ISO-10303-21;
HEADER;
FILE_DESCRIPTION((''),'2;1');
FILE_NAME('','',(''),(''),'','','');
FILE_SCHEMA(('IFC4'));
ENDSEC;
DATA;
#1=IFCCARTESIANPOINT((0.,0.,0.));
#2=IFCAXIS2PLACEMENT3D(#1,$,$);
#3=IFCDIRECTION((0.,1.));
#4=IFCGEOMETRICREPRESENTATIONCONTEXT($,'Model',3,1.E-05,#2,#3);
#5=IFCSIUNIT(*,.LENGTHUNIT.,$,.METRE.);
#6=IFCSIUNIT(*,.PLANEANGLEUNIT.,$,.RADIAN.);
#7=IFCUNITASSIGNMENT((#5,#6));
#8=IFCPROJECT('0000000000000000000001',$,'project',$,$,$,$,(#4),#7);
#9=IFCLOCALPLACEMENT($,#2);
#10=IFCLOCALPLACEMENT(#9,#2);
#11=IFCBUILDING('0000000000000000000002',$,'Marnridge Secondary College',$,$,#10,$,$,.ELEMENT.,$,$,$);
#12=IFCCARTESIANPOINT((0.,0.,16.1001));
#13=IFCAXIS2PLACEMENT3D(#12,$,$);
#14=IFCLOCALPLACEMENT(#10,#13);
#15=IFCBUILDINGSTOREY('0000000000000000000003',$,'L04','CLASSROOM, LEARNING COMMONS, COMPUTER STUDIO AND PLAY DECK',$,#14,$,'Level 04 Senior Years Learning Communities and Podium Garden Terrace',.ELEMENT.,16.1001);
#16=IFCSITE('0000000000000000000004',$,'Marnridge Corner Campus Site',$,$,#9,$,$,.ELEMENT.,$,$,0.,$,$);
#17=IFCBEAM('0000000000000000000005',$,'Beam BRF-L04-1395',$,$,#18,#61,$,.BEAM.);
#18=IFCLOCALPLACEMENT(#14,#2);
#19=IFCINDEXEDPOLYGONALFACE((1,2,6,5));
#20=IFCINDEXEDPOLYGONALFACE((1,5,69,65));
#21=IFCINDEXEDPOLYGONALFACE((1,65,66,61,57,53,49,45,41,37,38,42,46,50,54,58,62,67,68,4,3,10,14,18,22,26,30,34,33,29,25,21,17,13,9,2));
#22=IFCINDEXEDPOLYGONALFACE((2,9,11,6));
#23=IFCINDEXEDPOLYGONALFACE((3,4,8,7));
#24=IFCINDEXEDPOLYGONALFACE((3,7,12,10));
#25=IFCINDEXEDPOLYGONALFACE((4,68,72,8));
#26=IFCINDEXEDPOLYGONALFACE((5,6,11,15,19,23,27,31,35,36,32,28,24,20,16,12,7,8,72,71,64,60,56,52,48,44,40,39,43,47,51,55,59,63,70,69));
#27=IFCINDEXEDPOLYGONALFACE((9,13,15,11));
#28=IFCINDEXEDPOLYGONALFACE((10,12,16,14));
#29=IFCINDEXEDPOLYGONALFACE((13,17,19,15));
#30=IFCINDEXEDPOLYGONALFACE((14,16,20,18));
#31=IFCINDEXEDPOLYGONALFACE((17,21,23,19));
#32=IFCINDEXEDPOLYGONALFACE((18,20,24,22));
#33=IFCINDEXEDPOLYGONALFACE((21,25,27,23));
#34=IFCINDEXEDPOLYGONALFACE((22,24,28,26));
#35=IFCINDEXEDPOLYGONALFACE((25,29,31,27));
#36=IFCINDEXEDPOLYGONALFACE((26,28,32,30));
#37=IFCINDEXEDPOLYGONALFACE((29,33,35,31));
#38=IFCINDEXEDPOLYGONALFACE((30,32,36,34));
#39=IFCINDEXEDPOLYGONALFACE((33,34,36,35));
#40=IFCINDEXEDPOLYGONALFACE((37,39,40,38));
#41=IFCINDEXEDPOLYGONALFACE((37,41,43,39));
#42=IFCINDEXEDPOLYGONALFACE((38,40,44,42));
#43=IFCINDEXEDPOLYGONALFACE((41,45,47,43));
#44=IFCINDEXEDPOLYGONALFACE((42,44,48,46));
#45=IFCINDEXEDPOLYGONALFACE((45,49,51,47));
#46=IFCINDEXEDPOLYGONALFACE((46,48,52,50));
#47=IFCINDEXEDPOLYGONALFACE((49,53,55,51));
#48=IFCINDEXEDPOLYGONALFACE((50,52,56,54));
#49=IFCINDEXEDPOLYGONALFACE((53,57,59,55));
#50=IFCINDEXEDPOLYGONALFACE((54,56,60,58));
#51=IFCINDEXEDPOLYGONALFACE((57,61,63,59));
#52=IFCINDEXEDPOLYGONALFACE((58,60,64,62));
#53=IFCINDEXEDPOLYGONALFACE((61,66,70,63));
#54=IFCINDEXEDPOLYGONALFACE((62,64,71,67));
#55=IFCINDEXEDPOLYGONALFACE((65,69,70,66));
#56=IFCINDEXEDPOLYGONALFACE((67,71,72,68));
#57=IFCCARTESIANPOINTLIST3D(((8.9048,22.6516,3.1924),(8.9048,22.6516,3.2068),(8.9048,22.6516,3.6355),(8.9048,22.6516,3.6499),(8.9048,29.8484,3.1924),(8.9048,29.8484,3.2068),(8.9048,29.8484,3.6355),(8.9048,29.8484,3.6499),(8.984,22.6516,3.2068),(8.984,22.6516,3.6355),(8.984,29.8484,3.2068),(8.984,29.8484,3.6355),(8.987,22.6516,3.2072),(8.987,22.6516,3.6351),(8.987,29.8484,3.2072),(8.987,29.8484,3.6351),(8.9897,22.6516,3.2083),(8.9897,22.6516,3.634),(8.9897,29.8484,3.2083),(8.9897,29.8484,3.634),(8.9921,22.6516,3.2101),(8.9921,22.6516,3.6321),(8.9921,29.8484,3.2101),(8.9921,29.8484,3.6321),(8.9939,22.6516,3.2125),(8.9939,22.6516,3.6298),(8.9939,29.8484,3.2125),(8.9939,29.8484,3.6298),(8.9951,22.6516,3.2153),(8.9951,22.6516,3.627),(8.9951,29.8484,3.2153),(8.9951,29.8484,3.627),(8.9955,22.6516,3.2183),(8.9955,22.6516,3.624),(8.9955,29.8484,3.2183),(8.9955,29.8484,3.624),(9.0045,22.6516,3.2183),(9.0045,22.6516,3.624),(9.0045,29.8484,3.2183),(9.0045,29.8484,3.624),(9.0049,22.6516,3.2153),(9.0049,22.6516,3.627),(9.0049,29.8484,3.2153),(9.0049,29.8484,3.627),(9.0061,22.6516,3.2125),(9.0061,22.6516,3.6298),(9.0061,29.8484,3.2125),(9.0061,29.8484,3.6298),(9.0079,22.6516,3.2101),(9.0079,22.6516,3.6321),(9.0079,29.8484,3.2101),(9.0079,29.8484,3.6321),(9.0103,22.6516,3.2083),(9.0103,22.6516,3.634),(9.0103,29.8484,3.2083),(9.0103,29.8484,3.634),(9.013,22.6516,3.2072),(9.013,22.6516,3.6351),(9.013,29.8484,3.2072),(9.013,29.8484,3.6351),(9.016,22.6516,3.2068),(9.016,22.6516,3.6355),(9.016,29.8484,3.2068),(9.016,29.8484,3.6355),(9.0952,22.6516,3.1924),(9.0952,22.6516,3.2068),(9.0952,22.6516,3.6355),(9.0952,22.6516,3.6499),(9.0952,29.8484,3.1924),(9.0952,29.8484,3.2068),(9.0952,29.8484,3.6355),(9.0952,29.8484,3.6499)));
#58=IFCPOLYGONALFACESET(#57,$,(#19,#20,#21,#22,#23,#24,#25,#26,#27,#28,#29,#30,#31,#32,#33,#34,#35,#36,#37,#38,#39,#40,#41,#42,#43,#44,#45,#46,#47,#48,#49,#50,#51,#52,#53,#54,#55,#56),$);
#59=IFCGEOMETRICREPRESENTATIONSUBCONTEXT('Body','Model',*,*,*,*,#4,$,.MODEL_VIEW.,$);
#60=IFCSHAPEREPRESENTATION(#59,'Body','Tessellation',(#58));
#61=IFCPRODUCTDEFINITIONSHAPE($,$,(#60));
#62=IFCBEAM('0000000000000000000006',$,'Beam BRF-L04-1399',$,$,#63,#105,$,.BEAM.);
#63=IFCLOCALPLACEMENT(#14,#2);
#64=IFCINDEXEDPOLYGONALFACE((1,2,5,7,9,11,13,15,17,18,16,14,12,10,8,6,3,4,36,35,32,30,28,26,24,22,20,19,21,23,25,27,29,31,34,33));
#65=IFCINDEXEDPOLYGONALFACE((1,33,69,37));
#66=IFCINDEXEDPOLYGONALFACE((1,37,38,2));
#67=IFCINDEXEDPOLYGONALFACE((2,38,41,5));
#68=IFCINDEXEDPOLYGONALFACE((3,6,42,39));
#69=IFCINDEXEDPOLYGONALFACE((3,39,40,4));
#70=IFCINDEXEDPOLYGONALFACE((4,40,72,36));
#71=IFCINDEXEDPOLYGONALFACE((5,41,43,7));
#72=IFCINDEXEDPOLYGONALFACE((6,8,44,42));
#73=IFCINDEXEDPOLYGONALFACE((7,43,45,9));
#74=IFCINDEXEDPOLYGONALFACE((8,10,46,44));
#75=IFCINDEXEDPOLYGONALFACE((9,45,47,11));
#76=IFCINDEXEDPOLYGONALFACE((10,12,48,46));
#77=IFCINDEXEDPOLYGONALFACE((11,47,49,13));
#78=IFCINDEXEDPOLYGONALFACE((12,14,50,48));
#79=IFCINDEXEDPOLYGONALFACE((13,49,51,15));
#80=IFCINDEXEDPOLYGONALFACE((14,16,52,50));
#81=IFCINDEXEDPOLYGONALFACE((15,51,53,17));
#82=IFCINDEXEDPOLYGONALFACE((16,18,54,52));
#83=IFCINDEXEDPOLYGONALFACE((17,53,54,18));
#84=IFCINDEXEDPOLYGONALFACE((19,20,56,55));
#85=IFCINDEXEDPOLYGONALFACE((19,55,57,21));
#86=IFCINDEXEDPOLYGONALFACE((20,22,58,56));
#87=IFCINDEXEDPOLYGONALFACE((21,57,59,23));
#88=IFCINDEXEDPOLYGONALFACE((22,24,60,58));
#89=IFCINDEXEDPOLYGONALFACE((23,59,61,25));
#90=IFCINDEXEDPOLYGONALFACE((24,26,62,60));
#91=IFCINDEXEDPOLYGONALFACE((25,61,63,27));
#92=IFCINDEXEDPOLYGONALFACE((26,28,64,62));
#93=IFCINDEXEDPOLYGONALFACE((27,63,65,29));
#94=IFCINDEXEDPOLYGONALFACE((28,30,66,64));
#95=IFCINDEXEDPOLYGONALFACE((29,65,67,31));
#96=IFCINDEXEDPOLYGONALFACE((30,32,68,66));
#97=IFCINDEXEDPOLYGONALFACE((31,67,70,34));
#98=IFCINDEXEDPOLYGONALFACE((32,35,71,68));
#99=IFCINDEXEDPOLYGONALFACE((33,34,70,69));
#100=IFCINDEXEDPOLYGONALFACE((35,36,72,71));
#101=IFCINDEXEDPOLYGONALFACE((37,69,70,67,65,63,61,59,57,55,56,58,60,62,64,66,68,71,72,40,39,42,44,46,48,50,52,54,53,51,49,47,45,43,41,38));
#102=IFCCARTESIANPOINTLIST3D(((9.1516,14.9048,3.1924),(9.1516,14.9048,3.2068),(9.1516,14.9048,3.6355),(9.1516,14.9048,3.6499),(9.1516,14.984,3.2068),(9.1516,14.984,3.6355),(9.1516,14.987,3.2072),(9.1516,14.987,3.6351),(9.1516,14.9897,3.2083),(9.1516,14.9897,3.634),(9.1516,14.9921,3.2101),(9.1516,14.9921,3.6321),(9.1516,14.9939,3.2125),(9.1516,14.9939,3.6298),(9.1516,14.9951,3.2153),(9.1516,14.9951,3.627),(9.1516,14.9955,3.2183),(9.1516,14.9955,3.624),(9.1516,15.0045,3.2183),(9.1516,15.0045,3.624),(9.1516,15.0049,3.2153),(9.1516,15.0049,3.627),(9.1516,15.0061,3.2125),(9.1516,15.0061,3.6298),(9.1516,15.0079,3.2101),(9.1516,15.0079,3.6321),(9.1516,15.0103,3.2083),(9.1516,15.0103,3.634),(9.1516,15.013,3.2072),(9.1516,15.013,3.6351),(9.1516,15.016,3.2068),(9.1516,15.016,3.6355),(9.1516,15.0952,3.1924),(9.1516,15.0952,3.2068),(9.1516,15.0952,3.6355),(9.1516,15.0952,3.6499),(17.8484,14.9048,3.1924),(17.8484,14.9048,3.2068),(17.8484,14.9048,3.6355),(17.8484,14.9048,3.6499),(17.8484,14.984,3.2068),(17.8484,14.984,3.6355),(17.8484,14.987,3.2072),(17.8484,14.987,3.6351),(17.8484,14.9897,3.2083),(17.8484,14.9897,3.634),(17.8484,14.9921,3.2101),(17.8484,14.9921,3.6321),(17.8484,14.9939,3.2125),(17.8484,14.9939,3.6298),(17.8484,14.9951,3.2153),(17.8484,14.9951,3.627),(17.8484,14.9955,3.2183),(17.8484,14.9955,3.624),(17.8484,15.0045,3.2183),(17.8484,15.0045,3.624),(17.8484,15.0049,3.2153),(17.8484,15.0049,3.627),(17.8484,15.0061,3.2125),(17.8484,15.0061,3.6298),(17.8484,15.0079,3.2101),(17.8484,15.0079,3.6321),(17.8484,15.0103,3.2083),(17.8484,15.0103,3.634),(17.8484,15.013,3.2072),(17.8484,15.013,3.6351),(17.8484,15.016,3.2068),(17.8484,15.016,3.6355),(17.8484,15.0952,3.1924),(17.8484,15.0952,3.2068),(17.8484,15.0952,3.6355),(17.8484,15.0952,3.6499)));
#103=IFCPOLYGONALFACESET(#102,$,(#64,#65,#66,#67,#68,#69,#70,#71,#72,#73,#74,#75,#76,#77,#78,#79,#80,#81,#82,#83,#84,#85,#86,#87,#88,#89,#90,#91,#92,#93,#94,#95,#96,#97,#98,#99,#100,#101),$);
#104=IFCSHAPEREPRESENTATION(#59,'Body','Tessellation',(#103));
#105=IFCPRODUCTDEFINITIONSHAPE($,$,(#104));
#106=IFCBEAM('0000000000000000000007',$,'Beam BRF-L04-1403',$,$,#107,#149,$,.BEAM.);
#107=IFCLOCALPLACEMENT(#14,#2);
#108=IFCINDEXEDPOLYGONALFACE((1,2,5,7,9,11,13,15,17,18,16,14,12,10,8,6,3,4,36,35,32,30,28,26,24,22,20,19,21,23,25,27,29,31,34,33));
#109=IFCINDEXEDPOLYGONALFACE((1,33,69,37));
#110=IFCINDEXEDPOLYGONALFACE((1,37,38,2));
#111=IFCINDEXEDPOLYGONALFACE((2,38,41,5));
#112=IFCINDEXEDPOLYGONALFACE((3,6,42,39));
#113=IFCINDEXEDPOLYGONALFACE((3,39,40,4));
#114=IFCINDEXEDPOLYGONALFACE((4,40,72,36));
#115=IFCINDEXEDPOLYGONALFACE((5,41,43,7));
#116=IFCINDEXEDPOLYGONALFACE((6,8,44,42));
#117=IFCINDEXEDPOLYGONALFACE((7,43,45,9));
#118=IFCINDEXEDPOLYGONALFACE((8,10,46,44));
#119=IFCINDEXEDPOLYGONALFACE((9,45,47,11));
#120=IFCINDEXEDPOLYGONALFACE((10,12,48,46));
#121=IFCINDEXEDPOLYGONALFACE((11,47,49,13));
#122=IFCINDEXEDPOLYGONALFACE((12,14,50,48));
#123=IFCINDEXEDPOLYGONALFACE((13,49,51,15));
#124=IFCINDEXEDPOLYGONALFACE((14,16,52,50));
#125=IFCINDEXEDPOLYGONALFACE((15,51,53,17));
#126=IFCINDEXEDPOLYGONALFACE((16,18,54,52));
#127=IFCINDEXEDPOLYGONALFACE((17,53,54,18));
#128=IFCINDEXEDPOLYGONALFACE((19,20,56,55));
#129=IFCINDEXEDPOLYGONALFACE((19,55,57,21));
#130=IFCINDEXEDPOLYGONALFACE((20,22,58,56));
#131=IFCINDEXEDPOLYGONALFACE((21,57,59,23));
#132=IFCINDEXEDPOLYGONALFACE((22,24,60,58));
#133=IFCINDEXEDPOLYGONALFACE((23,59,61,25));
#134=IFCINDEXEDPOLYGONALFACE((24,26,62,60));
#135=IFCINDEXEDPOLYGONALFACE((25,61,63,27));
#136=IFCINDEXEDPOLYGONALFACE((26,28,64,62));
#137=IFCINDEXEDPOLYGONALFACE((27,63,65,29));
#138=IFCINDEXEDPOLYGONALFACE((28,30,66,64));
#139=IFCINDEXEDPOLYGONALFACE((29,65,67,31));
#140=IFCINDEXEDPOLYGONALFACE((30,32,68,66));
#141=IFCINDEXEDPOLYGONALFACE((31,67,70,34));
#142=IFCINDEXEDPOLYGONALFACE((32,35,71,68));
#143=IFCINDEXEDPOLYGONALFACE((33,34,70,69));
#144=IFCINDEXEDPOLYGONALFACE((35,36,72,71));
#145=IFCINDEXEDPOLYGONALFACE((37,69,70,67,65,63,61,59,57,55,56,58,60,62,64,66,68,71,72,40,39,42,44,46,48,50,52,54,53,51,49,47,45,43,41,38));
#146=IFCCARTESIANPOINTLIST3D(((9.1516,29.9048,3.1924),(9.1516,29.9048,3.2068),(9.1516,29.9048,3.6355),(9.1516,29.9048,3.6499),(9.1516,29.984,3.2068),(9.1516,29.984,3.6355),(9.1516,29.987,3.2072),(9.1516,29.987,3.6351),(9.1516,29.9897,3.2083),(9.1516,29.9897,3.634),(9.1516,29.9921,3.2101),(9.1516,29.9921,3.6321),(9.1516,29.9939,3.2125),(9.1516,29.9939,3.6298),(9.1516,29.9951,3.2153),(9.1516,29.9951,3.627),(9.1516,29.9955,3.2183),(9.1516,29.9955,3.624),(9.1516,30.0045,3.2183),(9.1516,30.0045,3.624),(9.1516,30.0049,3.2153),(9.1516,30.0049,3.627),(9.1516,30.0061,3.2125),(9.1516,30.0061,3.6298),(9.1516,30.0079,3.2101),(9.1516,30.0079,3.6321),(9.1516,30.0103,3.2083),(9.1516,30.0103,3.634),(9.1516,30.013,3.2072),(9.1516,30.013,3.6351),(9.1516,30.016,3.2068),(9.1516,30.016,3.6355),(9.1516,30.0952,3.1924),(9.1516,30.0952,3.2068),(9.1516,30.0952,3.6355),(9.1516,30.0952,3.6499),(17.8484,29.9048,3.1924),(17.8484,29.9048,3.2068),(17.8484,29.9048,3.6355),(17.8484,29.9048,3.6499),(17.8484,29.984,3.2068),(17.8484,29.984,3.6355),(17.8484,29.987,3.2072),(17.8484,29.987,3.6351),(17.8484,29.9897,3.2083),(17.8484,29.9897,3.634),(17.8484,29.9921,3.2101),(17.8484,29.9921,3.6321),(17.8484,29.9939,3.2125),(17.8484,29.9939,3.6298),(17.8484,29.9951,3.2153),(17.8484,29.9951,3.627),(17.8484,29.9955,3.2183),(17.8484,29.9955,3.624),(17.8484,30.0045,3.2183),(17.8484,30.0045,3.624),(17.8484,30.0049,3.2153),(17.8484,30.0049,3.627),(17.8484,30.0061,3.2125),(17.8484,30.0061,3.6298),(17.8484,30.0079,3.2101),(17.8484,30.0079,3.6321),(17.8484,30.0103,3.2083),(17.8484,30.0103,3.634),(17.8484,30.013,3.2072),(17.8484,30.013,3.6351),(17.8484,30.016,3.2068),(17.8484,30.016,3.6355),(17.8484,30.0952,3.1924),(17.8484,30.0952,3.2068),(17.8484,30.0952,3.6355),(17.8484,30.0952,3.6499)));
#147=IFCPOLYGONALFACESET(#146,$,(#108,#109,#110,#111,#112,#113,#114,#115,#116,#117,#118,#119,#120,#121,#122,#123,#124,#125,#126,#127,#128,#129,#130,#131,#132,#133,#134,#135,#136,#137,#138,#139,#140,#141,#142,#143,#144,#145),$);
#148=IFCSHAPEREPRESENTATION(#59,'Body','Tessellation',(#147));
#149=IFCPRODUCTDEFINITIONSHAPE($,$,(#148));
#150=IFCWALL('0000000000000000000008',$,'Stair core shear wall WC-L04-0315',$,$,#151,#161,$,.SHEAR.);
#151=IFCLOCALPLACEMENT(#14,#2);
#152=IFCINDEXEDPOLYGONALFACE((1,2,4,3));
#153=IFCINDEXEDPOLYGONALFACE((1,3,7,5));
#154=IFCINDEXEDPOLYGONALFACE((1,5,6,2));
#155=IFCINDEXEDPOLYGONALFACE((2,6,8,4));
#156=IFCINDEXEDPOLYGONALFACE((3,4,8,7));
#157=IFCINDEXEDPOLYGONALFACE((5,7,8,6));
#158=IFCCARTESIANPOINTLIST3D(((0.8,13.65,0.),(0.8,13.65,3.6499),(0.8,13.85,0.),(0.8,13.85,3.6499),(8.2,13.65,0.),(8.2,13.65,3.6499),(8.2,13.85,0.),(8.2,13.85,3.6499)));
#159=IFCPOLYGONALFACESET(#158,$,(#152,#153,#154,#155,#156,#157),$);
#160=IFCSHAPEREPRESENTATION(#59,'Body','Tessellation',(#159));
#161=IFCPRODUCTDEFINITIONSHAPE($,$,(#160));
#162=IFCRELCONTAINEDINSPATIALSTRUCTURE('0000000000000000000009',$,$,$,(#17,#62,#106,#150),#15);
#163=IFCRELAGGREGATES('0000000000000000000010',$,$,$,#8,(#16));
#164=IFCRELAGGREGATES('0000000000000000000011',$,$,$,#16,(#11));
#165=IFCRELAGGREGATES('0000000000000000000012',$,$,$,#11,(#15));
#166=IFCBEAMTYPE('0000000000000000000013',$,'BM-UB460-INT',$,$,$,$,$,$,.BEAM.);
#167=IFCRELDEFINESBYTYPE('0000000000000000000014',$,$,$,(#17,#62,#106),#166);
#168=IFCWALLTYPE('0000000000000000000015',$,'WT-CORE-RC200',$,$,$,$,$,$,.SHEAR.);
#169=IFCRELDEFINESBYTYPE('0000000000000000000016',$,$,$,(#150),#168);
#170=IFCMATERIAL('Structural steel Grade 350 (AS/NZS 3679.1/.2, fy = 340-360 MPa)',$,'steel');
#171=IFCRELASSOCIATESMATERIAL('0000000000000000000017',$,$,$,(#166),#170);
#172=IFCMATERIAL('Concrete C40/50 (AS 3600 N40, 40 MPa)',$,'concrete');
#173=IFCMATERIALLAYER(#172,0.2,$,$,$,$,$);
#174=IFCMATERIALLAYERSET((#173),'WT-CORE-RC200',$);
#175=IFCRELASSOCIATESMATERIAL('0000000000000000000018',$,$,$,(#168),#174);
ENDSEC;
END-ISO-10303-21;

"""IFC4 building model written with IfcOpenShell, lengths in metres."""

from ifc_helpers import new_model, si_unit, direction, frame, frame_2d, origin, origin_2d, place, context, subcontext, project, spatial, rectangle, i_section, extrude, material, layer, layer_set, material_profile, profile_set, type_object, element, save


model = new_model("IFC4")

# Units and contexts
model_context = context("Model", 3, precision=1e-05, world=origin(), true_north=direction((0.0, 1.0)))
body_context = subcontext(model_context, "Body", "Model", "MODEL_VIEW")
ifc_project = project(units=[si_unit("LENGTHUNIT", "METRE"), si_unit("PLANEANGLEUNIT", "RADIAN")], contexts=[model_context])

# Site, building, storey
site_placement = place(None, origin())
site = spatial("IfcSite", under=ifc_project, at=site_placement, Name="Marnridge Corner Campus Site", CompositionType="ELEMENT", RefElevation=0.0)
building_placement = place(site_placement, origin())
building = spatial("IfcBuilding", under=site, at=building_placement, Name="Marnridge Secondary College", CompositionType="ELEMENT")
storey_placement = place(building_placement, frame((0.0, 0.0, 16.1001)))
storey = spatial("IfcBuildingStorey", under=building, at=storey_placement, Name="L04", Description="CLASSROOM, LEARNING COMMONS, COMPUTER STUDIO AND PLAY DECK", LongName="Level 04 Senior Years Learning Communities and Podium Garden Terrace", CompositionType="ELEMENT", Elevation=16.1001)

# Beams
ifc_material_1 = material(Name="Structural steel Grade 350 (AS/NZS 3679.1/.2, fy = 340-360 MPa)", Category="steel")
ifc_material_profile_1 = material_profile(ifc_material_1, i_section(OverallWidth=0.1904, OverallDepth=0.4575, WebThickness=0.009, FlangeThickness=0.0144, FilletRadius=0.0115, at=origin_2d()), Name="460UB74.6")
ifc_profile_set_1 = profile_set([ifc_material_profile_1], Name="Structural steel Grade 350 (AS/NZS 3679.1/.2, fy = 340-360 MPa)")
beam_type_1 = type_object("IfcBeamType", Name="BM-UB460-INT", PredefinedType="BEAM", material=ifc_profile_set_1)
beam_1_placement = place(storey_placement, frame((9.0, 22.6516, 3.4211), z_axis=(0.0, 1.0, 0.0), x_axis=(-1.0, 0.0, 0.0)))
element("IfcBeam", 1, at=beam_1_placement, inside=storey, type_object=beam_type_1, Name="Beam BRF-L04-1395", PredefinedType="BEAM", context=body_context, shape_type="SweptSolid", body=[
    extrude(i_section(OverallWidth=0.1904, OverallDepth=0.4575, WebThickness=0.009, FlangeThickness=0.0144, FilletRadius=0.0115, at=origin_2d()), origin(), (0.0, 0.0, 1.0), 7.1968),
])
for number, where, z_axis, x_axis, name in (
    (2, (9.1516, 15.0, 3.4211), (1.0, 0.0, 0.0), (0.0, 1.0, 0.0), "Beam BRF-L04-1399"),
    (3, (9.1516, 30.0, 3.4211), (1.0, 0.0, 0.0), (0.0, 1.0, 0.0), "Beam BRF-L04-1403"),
):
    element("IfcBeam", number, at=place(storey_placement, frame(where, z_axis=z_axis, x_axis=x_axis)), inside=storey, type_object=beam_type_1, Name=name, PredefinedType="BEAM", context=body_context, shape_type="SweptSolid", body=[
        extrude(i_section(OverallWidth=0.1904, OverallDepth=0.4575, WebThickness=0.009, FlangeThickness=0.0144, FilletRadius=0.0115, at=origin_2d()), origin(), (0.0, 0.0, 1.0), 8.6968),
    ])

# Wall
ifc_material_2 = material(Name="Concrete C40/50 (AS 3600 N40, 40 MPa)", Category="concrete")
ifc_layer_1 = layer(ifc_material_2, 0.2)
ifc_layer_set_1 = layer_set([ifc_layer_1], Name="WT-CORE-RC200")
wall_type_1 = type_object("IfcWallType", Name="WT-CORE-RC200", PredefinedType="SHEAR", material=ifc_layer_set_1)
wall_1_placement = place(storey_placement, frame((8.2, 13.75, 0.0), z_axis=(0.0, 0.0, 1.0), x_axis=(-1.0, 0.0, 0.0)))
element("IfcWall", 4, at=wall_1_placement, inside=storey, type_object=wall_type_1, Name="Stair core shear wall WC-L04-0315", PredefinedType="SHEAR", context=body_context, shape_type="SweptSolid", body=[
    extrude(rectangle(XDim=7.3999, YDim=0.2, at=frame_2d((3.7, 0.0))), origin(), (0.0, 0.0, 1.0), 3.6499),
])

save(model, "model.ifc")
